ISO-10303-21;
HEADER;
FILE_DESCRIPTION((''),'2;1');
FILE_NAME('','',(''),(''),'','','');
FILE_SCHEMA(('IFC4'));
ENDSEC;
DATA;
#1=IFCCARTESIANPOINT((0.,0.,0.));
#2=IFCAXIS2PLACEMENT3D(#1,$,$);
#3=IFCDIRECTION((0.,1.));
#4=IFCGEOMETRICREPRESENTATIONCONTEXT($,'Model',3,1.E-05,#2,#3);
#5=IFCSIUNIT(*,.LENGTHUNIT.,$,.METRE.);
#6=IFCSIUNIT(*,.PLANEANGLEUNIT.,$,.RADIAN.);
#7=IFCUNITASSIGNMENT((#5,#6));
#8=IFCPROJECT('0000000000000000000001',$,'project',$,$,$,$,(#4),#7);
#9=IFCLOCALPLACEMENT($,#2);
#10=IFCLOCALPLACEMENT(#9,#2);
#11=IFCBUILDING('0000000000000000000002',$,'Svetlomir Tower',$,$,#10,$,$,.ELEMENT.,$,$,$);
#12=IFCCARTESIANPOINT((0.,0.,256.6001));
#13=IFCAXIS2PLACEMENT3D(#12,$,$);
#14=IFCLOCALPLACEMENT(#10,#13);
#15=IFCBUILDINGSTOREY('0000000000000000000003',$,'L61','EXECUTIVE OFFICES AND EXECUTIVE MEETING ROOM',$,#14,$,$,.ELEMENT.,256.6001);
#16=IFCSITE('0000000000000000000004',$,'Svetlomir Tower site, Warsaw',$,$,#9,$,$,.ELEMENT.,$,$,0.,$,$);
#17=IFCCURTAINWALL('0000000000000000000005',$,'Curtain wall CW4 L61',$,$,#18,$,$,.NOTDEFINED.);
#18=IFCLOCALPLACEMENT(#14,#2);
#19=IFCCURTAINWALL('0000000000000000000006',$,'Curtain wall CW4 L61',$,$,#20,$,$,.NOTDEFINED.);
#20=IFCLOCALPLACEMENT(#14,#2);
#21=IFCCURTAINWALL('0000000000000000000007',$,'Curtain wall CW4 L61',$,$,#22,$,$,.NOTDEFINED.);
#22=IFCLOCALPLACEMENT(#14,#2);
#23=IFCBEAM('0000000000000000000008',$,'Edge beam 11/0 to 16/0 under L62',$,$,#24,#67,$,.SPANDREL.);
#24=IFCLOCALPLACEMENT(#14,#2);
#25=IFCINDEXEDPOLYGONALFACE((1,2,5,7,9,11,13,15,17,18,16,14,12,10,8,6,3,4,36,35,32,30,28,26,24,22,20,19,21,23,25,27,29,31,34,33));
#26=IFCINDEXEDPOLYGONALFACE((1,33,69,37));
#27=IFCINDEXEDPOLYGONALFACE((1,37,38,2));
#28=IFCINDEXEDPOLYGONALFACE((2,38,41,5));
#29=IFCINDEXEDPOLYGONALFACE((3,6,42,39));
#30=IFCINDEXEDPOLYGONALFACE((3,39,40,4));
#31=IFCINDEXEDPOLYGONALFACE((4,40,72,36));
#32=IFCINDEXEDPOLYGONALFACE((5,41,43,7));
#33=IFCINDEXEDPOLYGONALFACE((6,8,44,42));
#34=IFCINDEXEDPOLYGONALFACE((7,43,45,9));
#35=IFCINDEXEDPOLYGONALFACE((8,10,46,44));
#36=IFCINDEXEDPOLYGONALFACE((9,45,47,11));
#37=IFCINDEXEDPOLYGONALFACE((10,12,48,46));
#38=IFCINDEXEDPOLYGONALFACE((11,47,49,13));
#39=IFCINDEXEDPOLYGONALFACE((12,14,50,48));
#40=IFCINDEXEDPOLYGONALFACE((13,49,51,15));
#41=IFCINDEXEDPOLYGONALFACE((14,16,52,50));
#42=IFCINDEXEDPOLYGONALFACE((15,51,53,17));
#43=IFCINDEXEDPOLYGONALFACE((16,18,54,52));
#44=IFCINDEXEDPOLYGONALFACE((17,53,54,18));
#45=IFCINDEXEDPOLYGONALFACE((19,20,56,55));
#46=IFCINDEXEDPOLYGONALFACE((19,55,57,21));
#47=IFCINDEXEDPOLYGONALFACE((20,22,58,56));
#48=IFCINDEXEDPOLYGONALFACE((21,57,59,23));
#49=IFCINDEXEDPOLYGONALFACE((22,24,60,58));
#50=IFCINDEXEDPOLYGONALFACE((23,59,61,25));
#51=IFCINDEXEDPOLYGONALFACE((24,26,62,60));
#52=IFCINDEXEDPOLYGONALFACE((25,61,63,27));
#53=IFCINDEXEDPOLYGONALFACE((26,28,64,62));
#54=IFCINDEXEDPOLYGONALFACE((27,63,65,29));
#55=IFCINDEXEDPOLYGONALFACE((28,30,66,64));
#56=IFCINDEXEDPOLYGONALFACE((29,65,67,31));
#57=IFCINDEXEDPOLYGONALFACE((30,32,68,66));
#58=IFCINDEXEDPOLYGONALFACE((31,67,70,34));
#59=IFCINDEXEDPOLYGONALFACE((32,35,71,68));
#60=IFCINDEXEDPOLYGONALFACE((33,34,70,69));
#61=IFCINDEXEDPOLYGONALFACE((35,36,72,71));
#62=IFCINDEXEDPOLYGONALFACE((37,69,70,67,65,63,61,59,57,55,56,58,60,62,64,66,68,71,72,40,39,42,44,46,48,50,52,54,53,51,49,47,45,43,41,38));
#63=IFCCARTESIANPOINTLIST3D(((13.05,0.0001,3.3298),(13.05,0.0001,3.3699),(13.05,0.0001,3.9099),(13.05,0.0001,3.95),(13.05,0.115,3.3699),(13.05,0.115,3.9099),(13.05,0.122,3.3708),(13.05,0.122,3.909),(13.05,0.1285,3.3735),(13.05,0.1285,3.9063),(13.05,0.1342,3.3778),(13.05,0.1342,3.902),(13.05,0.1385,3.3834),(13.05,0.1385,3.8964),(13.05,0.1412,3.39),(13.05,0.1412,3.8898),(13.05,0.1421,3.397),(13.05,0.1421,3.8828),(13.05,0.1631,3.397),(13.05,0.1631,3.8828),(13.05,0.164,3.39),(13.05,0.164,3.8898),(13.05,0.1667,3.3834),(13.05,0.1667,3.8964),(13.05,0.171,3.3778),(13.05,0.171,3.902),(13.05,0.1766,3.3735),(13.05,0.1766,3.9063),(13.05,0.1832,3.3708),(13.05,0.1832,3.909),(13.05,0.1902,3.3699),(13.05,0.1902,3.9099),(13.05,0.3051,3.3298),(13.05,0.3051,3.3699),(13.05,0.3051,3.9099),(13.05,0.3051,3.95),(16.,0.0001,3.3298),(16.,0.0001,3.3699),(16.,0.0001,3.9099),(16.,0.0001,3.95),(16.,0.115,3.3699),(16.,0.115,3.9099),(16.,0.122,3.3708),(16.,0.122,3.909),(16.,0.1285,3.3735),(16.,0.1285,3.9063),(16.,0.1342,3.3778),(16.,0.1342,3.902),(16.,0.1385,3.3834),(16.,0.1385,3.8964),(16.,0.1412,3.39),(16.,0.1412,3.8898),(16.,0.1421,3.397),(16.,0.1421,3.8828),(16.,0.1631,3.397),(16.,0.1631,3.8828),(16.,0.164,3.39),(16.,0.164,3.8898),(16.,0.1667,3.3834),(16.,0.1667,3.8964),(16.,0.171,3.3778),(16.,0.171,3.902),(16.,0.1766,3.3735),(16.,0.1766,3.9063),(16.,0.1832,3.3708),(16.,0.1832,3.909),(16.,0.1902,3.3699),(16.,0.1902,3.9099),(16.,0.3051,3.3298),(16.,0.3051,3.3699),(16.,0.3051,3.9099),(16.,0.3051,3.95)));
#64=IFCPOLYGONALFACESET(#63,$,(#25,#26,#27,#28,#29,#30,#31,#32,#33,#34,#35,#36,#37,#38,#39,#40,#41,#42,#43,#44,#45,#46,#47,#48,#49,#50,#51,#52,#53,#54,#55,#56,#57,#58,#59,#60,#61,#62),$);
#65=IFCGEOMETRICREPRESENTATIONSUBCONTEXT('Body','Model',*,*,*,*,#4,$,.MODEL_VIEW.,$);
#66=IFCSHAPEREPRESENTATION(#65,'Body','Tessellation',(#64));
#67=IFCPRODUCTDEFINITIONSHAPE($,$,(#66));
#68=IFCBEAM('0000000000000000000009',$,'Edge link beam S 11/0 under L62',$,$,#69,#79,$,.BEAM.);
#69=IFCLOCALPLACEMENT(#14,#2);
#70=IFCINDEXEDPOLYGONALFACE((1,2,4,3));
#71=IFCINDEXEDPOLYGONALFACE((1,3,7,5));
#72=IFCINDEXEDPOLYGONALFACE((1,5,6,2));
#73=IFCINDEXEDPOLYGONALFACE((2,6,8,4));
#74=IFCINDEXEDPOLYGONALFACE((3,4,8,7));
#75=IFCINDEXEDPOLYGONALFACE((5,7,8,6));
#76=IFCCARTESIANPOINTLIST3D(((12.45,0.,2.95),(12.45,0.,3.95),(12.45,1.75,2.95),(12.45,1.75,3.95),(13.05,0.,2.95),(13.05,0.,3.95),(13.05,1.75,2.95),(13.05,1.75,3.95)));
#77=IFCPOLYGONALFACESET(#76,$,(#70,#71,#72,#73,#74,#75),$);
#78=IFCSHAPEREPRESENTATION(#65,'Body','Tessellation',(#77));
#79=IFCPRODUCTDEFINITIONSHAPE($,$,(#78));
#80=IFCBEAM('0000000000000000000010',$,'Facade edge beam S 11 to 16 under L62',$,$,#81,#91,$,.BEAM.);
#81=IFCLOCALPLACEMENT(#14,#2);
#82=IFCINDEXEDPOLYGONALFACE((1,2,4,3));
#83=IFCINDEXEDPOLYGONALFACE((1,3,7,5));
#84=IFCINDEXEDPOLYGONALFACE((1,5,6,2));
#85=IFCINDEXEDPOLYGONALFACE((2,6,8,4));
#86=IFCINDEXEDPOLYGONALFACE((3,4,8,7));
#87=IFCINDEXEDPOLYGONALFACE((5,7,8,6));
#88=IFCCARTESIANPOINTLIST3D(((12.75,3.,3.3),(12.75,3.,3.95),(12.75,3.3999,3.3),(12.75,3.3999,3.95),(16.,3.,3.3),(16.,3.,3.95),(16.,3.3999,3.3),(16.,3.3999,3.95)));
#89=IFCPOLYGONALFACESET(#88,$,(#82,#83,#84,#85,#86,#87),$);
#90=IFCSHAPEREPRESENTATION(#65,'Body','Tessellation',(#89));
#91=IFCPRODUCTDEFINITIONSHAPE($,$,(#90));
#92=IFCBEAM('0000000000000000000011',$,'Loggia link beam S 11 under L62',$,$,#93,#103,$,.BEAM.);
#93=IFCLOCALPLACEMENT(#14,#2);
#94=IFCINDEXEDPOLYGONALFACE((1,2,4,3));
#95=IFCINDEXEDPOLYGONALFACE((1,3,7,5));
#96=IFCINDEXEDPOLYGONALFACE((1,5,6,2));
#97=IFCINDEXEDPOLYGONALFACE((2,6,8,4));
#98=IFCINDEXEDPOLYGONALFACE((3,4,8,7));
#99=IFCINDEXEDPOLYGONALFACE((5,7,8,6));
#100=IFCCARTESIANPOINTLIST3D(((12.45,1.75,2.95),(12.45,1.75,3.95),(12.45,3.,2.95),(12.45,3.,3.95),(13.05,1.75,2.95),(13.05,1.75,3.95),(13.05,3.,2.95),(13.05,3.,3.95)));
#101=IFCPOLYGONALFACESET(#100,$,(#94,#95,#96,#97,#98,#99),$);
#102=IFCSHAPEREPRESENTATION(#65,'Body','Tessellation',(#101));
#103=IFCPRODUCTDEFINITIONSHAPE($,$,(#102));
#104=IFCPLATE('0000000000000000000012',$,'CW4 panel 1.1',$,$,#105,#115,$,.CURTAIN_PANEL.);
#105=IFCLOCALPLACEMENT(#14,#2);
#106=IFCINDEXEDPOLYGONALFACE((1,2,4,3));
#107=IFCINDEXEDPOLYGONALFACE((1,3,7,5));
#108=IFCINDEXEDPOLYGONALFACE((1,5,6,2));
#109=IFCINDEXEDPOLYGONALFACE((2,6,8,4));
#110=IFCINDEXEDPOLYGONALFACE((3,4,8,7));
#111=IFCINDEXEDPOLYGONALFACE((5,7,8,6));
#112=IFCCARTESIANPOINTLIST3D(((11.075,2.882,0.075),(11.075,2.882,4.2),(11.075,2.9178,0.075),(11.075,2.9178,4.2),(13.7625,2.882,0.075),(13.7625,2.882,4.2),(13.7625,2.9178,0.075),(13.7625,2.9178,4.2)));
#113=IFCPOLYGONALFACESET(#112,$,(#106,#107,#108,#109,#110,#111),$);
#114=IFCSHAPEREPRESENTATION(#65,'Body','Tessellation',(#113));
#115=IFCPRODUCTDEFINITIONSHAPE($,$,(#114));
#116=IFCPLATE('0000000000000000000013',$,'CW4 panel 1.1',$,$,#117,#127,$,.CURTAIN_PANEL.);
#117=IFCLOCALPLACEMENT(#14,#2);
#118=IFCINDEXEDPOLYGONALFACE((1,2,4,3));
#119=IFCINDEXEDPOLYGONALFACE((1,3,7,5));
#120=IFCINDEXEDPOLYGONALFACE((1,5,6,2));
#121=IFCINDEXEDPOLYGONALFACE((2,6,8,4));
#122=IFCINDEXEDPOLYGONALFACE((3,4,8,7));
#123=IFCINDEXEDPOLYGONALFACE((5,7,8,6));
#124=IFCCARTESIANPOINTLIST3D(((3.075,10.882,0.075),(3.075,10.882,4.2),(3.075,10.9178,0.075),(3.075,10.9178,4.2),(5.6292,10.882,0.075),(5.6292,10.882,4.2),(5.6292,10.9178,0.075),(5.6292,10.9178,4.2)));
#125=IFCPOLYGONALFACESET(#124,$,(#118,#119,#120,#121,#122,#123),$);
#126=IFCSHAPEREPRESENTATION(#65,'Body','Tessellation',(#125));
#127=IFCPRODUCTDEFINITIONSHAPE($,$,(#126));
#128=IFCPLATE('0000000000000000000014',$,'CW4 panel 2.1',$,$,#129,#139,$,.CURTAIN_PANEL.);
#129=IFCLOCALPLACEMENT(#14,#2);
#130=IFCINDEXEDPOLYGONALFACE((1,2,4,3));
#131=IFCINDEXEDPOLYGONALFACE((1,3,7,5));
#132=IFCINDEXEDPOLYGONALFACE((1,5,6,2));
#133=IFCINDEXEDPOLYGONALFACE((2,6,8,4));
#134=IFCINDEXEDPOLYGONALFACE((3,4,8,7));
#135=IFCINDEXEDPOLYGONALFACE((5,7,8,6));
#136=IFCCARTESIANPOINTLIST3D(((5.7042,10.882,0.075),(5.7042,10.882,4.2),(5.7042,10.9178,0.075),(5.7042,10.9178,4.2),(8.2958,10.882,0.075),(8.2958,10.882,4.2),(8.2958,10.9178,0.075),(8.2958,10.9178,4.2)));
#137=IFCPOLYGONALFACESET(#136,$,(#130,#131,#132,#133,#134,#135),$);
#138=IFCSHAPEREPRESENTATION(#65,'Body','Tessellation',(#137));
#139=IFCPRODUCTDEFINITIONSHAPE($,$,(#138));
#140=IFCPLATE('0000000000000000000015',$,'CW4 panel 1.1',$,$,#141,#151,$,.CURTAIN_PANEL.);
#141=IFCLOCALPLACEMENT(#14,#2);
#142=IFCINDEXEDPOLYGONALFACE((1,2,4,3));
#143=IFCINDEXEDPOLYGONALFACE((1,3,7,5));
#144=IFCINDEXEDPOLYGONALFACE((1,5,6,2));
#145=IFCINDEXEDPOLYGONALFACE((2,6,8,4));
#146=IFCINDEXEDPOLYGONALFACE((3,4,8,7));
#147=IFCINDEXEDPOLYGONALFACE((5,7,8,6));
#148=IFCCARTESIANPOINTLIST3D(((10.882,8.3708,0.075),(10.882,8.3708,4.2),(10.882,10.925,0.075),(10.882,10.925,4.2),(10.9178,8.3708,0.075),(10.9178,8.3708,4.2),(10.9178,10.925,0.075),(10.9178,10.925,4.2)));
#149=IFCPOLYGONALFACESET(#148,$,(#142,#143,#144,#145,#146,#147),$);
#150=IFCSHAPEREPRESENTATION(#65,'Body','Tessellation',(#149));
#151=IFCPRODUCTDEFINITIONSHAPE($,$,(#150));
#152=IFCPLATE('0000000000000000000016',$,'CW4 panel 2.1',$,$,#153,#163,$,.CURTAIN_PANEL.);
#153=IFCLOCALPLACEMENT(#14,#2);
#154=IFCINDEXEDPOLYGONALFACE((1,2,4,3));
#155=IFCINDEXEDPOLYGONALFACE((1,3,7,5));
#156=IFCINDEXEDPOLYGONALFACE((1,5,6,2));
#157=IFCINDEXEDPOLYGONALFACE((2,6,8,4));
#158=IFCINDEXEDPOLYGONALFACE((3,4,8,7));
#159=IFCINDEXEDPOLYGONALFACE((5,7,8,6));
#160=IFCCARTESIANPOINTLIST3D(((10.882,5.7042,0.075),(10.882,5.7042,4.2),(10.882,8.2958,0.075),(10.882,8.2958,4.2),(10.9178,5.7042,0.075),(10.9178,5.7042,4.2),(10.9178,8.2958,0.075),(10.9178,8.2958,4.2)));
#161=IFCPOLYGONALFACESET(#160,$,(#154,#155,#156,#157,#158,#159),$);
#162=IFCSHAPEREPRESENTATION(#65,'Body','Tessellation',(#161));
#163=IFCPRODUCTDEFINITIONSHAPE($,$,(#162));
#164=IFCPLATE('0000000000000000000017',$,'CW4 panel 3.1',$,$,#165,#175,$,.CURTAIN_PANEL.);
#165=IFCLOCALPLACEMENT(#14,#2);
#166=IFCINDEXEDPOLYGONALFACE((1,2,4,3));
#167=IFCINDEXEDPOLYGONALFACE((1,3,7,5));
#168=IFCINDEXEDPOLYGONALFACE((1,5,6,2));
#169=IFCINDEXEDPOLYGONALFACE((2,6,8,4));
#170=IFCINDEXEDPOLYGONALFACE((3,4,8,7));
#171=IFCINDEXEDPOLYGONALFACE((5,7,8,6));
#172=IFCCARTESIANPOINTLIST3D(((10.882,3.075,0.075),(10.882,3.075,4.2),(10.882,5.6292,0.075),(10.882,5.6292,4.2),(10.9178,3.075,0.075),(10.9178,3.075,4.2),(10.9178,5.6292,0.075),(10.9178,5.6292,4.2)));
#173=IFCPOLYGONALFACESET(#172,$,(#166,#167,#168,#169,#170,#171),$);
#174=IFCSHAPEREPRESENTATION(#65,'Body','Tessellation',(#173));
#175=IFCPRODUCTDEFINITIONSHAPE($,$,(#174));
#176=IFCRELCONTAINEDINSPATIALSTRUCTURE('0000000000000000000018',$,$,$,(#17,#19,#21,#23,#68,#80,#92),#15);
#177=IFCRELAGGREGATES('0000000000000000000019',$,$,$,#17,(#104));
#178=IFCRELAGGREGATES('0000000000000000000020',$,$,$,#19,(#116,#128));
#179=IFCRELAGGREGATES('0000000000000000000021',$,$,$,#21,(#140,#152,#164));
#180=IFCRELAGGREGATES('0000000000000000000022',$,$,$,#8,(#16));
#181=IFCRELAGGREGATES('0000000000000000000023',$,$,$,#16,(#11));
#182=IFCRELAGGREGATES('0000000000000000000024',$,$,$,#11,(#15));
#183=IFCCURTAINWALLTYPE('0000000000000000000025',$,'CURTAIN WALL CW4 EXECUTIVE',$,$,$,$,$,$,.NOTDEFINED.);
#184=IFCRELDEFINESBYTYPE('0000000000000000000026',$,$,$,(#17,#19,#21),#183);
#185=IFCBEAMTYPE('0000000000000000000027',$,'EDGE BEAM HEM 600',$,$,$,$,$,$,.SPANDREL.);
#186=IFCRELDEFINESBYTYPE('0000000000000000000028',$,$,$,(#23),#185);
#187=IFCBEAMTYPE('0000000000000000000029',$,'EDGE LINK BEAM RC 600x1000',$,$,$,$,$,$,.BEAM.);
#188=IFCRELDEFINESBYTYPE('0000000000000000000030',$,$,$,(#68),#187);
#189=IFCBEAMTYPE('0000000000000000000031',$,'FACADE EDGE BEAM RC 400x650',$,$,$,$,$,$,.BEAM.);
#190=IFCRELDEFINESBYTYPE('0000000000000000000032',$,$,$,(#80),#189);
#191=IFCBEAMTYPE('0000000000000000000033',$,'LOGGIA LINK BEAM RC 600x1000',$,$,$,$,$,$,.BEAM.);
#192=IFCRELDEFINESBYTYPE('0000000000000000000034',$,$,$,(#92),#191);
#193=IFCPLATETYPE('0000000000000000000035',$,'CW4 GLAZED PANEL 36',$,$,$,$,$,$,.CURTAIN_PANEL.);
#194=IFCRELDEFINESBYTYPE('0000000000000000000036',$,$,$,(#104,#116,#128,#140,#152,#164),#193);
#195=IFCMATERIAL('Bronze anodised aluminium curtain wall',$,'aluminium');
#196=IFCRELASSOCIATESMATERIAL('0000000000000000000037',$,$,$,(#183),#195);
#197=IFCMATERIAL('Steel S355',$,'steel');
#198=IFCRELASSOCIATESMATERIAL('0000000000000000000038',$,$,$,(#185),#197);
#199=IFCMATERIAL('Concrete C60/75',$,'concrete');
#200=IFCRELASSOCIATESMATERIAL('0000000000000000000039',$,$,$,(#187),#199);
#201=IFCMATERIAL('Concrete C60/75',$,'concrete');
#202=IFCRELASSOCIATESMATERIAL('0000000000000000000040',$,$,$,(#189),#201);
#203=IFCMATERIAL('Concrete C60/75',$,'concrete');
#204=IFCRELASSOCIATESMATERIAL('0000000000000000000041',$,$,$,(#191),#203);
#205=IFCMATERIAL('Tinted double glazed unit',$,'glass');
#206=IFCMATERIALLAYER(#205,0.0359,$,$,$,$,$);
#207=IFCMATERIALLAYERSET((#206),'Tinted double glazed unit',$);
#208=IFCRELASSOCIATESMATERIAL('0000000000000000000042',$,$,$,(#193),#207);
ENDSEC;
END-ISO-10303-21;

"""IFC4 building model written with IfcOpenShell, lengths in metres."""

from ifc_helpers import new_model, si_unit, direction, frame, origin, origin_2d, place, context, subcontext, project, spatial, rectangle, i_section, extrude, material, layer, layer_set, material_profile, profile_set, type_object, element, aggregate, save


model = new_model("IFC4")

# Units and contexts
model_context = context("Model", 3, precision=1e-05, world=origin(), true_north=direction((0.0, 1.0)))
body_context = subcontext(model_context, "Body", "Model", "MODEL_VIEW")
ifc_project = project(units=[si_unit("LENGTHUNIT", "METRE"), si_unit("PLANEANGLEUNIT", "RADIAN")], contexts=[model_context])

# Site, building, storey
site_placement = place(None, origin())
site = spatial("IfcSite", under=ifc_project, at=site_placement, Name="Svetlomir Tower site, Warsaw", CompositionType="ELEMENT", RefElevation=0.0)
building_placement = place(site_placement, origin())
building = spatial("IfcBuilding", under=site, at=building_placement, Name="Svetlomir Tower", CompositionType="ELEMENT")
storey_placement = place(building_placement, frame((0.0, 0.0, 256.6001)))
storey = spatial("IfcBuildingStorey", under=building, at=storey_placement, Name="L61", Description="EXECUTIVE OFFICES AND EXECUTIVE MEETING ROOM", CompositionType="ELEMENT", Elevation=256.6001)

# Curtain walls
ifc_material_1 = material(Name="Bronze anodised aluminium curtain wall", Category="aluminium")
curtain_wall_type = type_object("IfcCurtainWallType", Name="CURTAIN WALL CW4 EXECUTIVE", PredefinedType="NOTDEFINED", material=ifc_material_1)
curtain_wall_1_placement = place(storey_placement, origin())
curtain_wall_1 = element("IfcCurtainWall", 1, at=curtain_wall_1_placement, inside=storey, type_object=curtain_wall_type, Name="Curtain wall CW4 L61", PredefinedType="NOTDEFINED")
curtain_wall_2_placement = place(storey_placement, origin())
curtain_wall_2 = element("IfcCurtainWall", 2, at=curtain_wall_2_placement, inside=storey, type_object=curtain_wall_type, Name="Curtain wall CW4 L61", PredefinedType="NOTDEFINED")
curtain_wall_3_placement = place(storey_placement, origin())
curtain_wall_3 = element("IfcCurtainWall", 3, at=curtain_wall_3_placement, inside=storey, type_object=curtain_wall_type, Name="Curtain wall CW4 L61", PredefinedType="NOTDEFINED")

# Beams
ifc_material_2 = material(Name="Steel S355", Category="steel")
ifc_material_profile_1 = material_profile(ifc_material_2, i_section(OverallWidth=0.3049, OverallDepth=0.6201, WebThickness=0.021, FlangeThickness=0.04, FilletRadius=0.0271, at=origin_2d()), Name="HEM 600")
ifc_profile_set_1 = profile_set([ifc_material_profile_1], Name="Steel S355")
beam_type_1 = type_object("IfcBeamType", Name="EDGE BEAM HEM 600", PredefinedType="SPANDREL", material=ifc_profile_set_1)
beam_1_placement = place(storey_placement, frame((13.05, 0.1526, 3.6399), z_axis=(1.0, 0.0, 0.0), x_axis=(0.0, 1.0, 0.0)))
element("IfcBeam", 4, at=beam_1_placement, inside=storey, type_object=beam_type_1, Name="Edge beam 11/0 to 16/0 under L62", PredefinedType="SPANDREL", context=body_context, shape_type="SweptSolid", body=[
    extrude(i_section(OverallWidth=0.3049, OverallDepth=0.6201, WebThickness=0.021, FlangeThickness=0.04, FilletRadius=0.0271, at=origin_2d()), origin(), (0.0, 0.0, 1.0), 2.95),
])
ifc_material_3 = material(Name="Concrete C60/75", Category="concrete")
ifc_material_profile_2 = material_profile(ifc_material_3, rectangle(XDim=0.6001, YDim=1.0, at=origin_2d()), Name="RC 600x1000")
ifc_profile_set_2 = profile_set([ifc_material_profile_2], Name="Concrete C60/75")
beam_type_2 = type_object("IfcBeamType", Name="EDGE LINK BEAM RC 600x1000", PredefinedType="BEAM", material=ifc_profile_set_2)
beam_2_placement = place(storey_placement, frame((12.75, 1.75, 3.45), z_axis=(0.0, -1.0, 0.0), x_axis=(1.0, 0.0, 0.0)))
element("IfcBeam", 5, at=beam_2_placement, inside=storey, type_object=beam_type_2, Name="Edge link beam S 11/0 under L62", PredefinedType="BEAM", context=body_context, shape_type="SweptSolid", body=[
    extrude(rectangle(XDim=0.6001, YDim=1.0, at=origin_2d()), origin(), (0.0, 0.0, 1.0), 1.75),
])
ifc_material_4 = material(Name="Concrete C60/75", Category="concrete")
ifc_material_profile_3 = material_profile(ifc_material_4, rectangle(XDim=0.3999, YDim=0.6499, at=origin_2d()), Name="RC 400x650")
ifc_profile_set_3 = profile_set([ifc_material_profile_3], Name="Concrete C60/75")
beam_type_3 = type_object("IfcBeamType", Name="FACADE EDGE BEAM RC 400x650", PredefinedType="BEAM", material=ifc_profile_set_3)
beam_3_placement = place(storey_placement, frame((12.75, 3.2, 3.625), z_axis=(1.0, 0.0, 0.0), x_axis=(0.0, 1.0, 0.0)))
element("IfcBeam", 6, at=beam_3_placement, inside=storey, type_object=beam_type_3, Name="Facade edge beam S 11 to 16 under L62", PredefinedType="BEAM", context=body_context, shape_type="SweptSolid", body=[
    extrude(rectangle(XDim=0.3999, YDim=0.6499, at=origin_2d()), origin(), (0.0, 0.0, 1.0), 3.25),
])
ifc_material_5 = material(Name="Concrete C60/75", Category="concrete")
ifc_material_profile_4 = material_profile(ifc_material_5, rectangle(XDim=0.6001, YDim=1.0, at=origin_2d()), Name="RC 600x1000")
ifc_profile_set_4 = profile_set([ifc_material_profile_4], Name="Concrete C60/75")
beam_type_4 = type_object("IfcBeamType", Name="LOGGIA LINK BEAM RC 600x1000", PredefinedType="BEAM", material=ifc_profile_set_4)
beam_4_placement = place(storey_placement, frame((12.75, 1.75, 3.45), z_axis=(0.0, 1.0, 0.0), x_axis=(-1.0, 0.0, 0.0)))
element("IfcBeam", 7, at=beam_4_placement, inside=storey, type_object=beam_type_4, Name="Loggia link beam S 11 under L62", PredefinedType="BEAM", context=body_context, shape_type="SweptSolid", body=[
    extrude(rectangle(XDim=0.6001, YDim=1.0, at=origin_2d()), origin(), (0.0, 0.0, 1.0), 1.25),
])

# Plates
ifc_material_6 = material(Name="Tinted double glazed unit", Category="glass")
ifc_layer_1 = layer(ifc_material_6, 0.0359)
ifc_layer_set_1 = layer_set([ifc_layer_1], Name="Tinted double glazed unit")
plate_type = type_object("IfcPlateType", Name="CW4 GLAZED PANEL 36", PredefinedType="CURTAIN_PANEL", material=ifc_layer_set_1)
plate_1_placement = place(storey_placement, frame((12.4187, 2.8999, 0.075), z_axis=(0.0, 0.0, 1.0), x_axis=(1.0, 0.0, 0.0)))
plate_1 = element("IfcPlate", 8, at=plate_1_placement, type_object=plate_type, Name="CW4 panel 1.1", PredefinedType="CURTAIN_PANEL", context=body_context, shape_type="SweptSolid", body=[
    extrude(rectangle(XDim=2.6875, YDim=0.0359, at=origin_2d()), origin(), (0.0, 0.0, 1.0), 4.125),
])
aggregate(curtain_wall_1, [plate_1])
plate_2_placement = place(storey_placement, frame((4.3521, 10.8999, 0.075), z_axis=(0.0, 0.0, 1.0), x_axis=(1.0, 0.0, 0.0)))
plate_2 = element("IfcPlate", 9, at=plate_2_placement, type_object=plate_type, Name="CW4 panel 1.1", PredefinedType="CURTAIN_PANEL", context=body_context, shape_type="SweptSolid", body=[
    extrude(rectangle(XDim=2.5542, YDim=0.0359, at=origin_2d()), origin(), (0.0, 0.0, 1.0), 4.125),
])
plate_3_placement = place(storey_placement, frame((7.0, 10.8999, 0.075), z_axis=(0.0, 0.0, 1.0), x_axis=(1.0, 0.0, 0.0)))
plate_3 = element("IfcPlate", 10, at=plate_3_placement, type_object=plate_type, Name="CW4 panel 2.1", PredefinedType="CURTAIN_PANEL", context=body_context, shape_type="SweptSolid", body=[
    extrude(rectangle(XDim=2.5916, YDim=0.0359, at=origin_2d()), origin(), (0.0, 0.0, 1.0), 4.125),
])
aggregate(curtain_wall_2, [plate_2, plate_3])
plate_4_placement = place(storey_placement, frame((10.8999, 9.6479, 0.075), z_axis=(0.0, 0.0, 1.0), x_axis=(0.0, -1.0, 0.0)))
plate_4 = element("IfcPlate", 11, at=plate_4_placement, type_object=plate_type, Name="CW4 panel 1.1", PredefinedType="CURTAIN_PANEL", context=body_context, shape_type="SweptSolid", body=[
    extrude(rectangle(XDim=2.5542, YDim=0.0359, at=origin_2d()), origin(), (0.0, 0.0, 1.0), 4.125),
])
plate_5_placement = place(storey_placement, frame((10.8999, 7.0, 0.075), z_axis=(0.0, 0.0, 1.0), x_axis=(0.0, -1.0, 0.0)))
plate_5 = element("IfcPlate", 12, at=plate_5_placement, type_object=plate_type, Name="CW4 panel 2.1", PredefinedType="CURTAIN_PANEL", context=body_context, shape_type="SweptSolid", body=[
    extrude(rectangle(XDim=2.5916, YDim=0.0359, at=origin_2d()), origin(), (0.0, 0.0, 1.0), 4.125),
])
plate_6_placement = place(storey_placement, frame((10.8999, 4.3521, 0.075), z_axis=(0.0, 0.0, 1.0), x_axis=(0.0, -1.0, 0.0)))
plate_6 = element("IfcPlate", 13, at=plate_6_placement, type_object=plate_type, Name="CW4 panel 3.1", PredefinedType="CURTAIN_PANEL", context=body_context, shape_type="SweptSolid", body=[
    extrude(rectangle(XDim=2.5542, YDim=0.0359, at=origin_2d()), origin(), (0.0, 0.0, 1.0), 4.125),
])
aggregate(curtain_wall_3, [plate_4, plate_5, plate_6])

save(model, "model.ifc")
